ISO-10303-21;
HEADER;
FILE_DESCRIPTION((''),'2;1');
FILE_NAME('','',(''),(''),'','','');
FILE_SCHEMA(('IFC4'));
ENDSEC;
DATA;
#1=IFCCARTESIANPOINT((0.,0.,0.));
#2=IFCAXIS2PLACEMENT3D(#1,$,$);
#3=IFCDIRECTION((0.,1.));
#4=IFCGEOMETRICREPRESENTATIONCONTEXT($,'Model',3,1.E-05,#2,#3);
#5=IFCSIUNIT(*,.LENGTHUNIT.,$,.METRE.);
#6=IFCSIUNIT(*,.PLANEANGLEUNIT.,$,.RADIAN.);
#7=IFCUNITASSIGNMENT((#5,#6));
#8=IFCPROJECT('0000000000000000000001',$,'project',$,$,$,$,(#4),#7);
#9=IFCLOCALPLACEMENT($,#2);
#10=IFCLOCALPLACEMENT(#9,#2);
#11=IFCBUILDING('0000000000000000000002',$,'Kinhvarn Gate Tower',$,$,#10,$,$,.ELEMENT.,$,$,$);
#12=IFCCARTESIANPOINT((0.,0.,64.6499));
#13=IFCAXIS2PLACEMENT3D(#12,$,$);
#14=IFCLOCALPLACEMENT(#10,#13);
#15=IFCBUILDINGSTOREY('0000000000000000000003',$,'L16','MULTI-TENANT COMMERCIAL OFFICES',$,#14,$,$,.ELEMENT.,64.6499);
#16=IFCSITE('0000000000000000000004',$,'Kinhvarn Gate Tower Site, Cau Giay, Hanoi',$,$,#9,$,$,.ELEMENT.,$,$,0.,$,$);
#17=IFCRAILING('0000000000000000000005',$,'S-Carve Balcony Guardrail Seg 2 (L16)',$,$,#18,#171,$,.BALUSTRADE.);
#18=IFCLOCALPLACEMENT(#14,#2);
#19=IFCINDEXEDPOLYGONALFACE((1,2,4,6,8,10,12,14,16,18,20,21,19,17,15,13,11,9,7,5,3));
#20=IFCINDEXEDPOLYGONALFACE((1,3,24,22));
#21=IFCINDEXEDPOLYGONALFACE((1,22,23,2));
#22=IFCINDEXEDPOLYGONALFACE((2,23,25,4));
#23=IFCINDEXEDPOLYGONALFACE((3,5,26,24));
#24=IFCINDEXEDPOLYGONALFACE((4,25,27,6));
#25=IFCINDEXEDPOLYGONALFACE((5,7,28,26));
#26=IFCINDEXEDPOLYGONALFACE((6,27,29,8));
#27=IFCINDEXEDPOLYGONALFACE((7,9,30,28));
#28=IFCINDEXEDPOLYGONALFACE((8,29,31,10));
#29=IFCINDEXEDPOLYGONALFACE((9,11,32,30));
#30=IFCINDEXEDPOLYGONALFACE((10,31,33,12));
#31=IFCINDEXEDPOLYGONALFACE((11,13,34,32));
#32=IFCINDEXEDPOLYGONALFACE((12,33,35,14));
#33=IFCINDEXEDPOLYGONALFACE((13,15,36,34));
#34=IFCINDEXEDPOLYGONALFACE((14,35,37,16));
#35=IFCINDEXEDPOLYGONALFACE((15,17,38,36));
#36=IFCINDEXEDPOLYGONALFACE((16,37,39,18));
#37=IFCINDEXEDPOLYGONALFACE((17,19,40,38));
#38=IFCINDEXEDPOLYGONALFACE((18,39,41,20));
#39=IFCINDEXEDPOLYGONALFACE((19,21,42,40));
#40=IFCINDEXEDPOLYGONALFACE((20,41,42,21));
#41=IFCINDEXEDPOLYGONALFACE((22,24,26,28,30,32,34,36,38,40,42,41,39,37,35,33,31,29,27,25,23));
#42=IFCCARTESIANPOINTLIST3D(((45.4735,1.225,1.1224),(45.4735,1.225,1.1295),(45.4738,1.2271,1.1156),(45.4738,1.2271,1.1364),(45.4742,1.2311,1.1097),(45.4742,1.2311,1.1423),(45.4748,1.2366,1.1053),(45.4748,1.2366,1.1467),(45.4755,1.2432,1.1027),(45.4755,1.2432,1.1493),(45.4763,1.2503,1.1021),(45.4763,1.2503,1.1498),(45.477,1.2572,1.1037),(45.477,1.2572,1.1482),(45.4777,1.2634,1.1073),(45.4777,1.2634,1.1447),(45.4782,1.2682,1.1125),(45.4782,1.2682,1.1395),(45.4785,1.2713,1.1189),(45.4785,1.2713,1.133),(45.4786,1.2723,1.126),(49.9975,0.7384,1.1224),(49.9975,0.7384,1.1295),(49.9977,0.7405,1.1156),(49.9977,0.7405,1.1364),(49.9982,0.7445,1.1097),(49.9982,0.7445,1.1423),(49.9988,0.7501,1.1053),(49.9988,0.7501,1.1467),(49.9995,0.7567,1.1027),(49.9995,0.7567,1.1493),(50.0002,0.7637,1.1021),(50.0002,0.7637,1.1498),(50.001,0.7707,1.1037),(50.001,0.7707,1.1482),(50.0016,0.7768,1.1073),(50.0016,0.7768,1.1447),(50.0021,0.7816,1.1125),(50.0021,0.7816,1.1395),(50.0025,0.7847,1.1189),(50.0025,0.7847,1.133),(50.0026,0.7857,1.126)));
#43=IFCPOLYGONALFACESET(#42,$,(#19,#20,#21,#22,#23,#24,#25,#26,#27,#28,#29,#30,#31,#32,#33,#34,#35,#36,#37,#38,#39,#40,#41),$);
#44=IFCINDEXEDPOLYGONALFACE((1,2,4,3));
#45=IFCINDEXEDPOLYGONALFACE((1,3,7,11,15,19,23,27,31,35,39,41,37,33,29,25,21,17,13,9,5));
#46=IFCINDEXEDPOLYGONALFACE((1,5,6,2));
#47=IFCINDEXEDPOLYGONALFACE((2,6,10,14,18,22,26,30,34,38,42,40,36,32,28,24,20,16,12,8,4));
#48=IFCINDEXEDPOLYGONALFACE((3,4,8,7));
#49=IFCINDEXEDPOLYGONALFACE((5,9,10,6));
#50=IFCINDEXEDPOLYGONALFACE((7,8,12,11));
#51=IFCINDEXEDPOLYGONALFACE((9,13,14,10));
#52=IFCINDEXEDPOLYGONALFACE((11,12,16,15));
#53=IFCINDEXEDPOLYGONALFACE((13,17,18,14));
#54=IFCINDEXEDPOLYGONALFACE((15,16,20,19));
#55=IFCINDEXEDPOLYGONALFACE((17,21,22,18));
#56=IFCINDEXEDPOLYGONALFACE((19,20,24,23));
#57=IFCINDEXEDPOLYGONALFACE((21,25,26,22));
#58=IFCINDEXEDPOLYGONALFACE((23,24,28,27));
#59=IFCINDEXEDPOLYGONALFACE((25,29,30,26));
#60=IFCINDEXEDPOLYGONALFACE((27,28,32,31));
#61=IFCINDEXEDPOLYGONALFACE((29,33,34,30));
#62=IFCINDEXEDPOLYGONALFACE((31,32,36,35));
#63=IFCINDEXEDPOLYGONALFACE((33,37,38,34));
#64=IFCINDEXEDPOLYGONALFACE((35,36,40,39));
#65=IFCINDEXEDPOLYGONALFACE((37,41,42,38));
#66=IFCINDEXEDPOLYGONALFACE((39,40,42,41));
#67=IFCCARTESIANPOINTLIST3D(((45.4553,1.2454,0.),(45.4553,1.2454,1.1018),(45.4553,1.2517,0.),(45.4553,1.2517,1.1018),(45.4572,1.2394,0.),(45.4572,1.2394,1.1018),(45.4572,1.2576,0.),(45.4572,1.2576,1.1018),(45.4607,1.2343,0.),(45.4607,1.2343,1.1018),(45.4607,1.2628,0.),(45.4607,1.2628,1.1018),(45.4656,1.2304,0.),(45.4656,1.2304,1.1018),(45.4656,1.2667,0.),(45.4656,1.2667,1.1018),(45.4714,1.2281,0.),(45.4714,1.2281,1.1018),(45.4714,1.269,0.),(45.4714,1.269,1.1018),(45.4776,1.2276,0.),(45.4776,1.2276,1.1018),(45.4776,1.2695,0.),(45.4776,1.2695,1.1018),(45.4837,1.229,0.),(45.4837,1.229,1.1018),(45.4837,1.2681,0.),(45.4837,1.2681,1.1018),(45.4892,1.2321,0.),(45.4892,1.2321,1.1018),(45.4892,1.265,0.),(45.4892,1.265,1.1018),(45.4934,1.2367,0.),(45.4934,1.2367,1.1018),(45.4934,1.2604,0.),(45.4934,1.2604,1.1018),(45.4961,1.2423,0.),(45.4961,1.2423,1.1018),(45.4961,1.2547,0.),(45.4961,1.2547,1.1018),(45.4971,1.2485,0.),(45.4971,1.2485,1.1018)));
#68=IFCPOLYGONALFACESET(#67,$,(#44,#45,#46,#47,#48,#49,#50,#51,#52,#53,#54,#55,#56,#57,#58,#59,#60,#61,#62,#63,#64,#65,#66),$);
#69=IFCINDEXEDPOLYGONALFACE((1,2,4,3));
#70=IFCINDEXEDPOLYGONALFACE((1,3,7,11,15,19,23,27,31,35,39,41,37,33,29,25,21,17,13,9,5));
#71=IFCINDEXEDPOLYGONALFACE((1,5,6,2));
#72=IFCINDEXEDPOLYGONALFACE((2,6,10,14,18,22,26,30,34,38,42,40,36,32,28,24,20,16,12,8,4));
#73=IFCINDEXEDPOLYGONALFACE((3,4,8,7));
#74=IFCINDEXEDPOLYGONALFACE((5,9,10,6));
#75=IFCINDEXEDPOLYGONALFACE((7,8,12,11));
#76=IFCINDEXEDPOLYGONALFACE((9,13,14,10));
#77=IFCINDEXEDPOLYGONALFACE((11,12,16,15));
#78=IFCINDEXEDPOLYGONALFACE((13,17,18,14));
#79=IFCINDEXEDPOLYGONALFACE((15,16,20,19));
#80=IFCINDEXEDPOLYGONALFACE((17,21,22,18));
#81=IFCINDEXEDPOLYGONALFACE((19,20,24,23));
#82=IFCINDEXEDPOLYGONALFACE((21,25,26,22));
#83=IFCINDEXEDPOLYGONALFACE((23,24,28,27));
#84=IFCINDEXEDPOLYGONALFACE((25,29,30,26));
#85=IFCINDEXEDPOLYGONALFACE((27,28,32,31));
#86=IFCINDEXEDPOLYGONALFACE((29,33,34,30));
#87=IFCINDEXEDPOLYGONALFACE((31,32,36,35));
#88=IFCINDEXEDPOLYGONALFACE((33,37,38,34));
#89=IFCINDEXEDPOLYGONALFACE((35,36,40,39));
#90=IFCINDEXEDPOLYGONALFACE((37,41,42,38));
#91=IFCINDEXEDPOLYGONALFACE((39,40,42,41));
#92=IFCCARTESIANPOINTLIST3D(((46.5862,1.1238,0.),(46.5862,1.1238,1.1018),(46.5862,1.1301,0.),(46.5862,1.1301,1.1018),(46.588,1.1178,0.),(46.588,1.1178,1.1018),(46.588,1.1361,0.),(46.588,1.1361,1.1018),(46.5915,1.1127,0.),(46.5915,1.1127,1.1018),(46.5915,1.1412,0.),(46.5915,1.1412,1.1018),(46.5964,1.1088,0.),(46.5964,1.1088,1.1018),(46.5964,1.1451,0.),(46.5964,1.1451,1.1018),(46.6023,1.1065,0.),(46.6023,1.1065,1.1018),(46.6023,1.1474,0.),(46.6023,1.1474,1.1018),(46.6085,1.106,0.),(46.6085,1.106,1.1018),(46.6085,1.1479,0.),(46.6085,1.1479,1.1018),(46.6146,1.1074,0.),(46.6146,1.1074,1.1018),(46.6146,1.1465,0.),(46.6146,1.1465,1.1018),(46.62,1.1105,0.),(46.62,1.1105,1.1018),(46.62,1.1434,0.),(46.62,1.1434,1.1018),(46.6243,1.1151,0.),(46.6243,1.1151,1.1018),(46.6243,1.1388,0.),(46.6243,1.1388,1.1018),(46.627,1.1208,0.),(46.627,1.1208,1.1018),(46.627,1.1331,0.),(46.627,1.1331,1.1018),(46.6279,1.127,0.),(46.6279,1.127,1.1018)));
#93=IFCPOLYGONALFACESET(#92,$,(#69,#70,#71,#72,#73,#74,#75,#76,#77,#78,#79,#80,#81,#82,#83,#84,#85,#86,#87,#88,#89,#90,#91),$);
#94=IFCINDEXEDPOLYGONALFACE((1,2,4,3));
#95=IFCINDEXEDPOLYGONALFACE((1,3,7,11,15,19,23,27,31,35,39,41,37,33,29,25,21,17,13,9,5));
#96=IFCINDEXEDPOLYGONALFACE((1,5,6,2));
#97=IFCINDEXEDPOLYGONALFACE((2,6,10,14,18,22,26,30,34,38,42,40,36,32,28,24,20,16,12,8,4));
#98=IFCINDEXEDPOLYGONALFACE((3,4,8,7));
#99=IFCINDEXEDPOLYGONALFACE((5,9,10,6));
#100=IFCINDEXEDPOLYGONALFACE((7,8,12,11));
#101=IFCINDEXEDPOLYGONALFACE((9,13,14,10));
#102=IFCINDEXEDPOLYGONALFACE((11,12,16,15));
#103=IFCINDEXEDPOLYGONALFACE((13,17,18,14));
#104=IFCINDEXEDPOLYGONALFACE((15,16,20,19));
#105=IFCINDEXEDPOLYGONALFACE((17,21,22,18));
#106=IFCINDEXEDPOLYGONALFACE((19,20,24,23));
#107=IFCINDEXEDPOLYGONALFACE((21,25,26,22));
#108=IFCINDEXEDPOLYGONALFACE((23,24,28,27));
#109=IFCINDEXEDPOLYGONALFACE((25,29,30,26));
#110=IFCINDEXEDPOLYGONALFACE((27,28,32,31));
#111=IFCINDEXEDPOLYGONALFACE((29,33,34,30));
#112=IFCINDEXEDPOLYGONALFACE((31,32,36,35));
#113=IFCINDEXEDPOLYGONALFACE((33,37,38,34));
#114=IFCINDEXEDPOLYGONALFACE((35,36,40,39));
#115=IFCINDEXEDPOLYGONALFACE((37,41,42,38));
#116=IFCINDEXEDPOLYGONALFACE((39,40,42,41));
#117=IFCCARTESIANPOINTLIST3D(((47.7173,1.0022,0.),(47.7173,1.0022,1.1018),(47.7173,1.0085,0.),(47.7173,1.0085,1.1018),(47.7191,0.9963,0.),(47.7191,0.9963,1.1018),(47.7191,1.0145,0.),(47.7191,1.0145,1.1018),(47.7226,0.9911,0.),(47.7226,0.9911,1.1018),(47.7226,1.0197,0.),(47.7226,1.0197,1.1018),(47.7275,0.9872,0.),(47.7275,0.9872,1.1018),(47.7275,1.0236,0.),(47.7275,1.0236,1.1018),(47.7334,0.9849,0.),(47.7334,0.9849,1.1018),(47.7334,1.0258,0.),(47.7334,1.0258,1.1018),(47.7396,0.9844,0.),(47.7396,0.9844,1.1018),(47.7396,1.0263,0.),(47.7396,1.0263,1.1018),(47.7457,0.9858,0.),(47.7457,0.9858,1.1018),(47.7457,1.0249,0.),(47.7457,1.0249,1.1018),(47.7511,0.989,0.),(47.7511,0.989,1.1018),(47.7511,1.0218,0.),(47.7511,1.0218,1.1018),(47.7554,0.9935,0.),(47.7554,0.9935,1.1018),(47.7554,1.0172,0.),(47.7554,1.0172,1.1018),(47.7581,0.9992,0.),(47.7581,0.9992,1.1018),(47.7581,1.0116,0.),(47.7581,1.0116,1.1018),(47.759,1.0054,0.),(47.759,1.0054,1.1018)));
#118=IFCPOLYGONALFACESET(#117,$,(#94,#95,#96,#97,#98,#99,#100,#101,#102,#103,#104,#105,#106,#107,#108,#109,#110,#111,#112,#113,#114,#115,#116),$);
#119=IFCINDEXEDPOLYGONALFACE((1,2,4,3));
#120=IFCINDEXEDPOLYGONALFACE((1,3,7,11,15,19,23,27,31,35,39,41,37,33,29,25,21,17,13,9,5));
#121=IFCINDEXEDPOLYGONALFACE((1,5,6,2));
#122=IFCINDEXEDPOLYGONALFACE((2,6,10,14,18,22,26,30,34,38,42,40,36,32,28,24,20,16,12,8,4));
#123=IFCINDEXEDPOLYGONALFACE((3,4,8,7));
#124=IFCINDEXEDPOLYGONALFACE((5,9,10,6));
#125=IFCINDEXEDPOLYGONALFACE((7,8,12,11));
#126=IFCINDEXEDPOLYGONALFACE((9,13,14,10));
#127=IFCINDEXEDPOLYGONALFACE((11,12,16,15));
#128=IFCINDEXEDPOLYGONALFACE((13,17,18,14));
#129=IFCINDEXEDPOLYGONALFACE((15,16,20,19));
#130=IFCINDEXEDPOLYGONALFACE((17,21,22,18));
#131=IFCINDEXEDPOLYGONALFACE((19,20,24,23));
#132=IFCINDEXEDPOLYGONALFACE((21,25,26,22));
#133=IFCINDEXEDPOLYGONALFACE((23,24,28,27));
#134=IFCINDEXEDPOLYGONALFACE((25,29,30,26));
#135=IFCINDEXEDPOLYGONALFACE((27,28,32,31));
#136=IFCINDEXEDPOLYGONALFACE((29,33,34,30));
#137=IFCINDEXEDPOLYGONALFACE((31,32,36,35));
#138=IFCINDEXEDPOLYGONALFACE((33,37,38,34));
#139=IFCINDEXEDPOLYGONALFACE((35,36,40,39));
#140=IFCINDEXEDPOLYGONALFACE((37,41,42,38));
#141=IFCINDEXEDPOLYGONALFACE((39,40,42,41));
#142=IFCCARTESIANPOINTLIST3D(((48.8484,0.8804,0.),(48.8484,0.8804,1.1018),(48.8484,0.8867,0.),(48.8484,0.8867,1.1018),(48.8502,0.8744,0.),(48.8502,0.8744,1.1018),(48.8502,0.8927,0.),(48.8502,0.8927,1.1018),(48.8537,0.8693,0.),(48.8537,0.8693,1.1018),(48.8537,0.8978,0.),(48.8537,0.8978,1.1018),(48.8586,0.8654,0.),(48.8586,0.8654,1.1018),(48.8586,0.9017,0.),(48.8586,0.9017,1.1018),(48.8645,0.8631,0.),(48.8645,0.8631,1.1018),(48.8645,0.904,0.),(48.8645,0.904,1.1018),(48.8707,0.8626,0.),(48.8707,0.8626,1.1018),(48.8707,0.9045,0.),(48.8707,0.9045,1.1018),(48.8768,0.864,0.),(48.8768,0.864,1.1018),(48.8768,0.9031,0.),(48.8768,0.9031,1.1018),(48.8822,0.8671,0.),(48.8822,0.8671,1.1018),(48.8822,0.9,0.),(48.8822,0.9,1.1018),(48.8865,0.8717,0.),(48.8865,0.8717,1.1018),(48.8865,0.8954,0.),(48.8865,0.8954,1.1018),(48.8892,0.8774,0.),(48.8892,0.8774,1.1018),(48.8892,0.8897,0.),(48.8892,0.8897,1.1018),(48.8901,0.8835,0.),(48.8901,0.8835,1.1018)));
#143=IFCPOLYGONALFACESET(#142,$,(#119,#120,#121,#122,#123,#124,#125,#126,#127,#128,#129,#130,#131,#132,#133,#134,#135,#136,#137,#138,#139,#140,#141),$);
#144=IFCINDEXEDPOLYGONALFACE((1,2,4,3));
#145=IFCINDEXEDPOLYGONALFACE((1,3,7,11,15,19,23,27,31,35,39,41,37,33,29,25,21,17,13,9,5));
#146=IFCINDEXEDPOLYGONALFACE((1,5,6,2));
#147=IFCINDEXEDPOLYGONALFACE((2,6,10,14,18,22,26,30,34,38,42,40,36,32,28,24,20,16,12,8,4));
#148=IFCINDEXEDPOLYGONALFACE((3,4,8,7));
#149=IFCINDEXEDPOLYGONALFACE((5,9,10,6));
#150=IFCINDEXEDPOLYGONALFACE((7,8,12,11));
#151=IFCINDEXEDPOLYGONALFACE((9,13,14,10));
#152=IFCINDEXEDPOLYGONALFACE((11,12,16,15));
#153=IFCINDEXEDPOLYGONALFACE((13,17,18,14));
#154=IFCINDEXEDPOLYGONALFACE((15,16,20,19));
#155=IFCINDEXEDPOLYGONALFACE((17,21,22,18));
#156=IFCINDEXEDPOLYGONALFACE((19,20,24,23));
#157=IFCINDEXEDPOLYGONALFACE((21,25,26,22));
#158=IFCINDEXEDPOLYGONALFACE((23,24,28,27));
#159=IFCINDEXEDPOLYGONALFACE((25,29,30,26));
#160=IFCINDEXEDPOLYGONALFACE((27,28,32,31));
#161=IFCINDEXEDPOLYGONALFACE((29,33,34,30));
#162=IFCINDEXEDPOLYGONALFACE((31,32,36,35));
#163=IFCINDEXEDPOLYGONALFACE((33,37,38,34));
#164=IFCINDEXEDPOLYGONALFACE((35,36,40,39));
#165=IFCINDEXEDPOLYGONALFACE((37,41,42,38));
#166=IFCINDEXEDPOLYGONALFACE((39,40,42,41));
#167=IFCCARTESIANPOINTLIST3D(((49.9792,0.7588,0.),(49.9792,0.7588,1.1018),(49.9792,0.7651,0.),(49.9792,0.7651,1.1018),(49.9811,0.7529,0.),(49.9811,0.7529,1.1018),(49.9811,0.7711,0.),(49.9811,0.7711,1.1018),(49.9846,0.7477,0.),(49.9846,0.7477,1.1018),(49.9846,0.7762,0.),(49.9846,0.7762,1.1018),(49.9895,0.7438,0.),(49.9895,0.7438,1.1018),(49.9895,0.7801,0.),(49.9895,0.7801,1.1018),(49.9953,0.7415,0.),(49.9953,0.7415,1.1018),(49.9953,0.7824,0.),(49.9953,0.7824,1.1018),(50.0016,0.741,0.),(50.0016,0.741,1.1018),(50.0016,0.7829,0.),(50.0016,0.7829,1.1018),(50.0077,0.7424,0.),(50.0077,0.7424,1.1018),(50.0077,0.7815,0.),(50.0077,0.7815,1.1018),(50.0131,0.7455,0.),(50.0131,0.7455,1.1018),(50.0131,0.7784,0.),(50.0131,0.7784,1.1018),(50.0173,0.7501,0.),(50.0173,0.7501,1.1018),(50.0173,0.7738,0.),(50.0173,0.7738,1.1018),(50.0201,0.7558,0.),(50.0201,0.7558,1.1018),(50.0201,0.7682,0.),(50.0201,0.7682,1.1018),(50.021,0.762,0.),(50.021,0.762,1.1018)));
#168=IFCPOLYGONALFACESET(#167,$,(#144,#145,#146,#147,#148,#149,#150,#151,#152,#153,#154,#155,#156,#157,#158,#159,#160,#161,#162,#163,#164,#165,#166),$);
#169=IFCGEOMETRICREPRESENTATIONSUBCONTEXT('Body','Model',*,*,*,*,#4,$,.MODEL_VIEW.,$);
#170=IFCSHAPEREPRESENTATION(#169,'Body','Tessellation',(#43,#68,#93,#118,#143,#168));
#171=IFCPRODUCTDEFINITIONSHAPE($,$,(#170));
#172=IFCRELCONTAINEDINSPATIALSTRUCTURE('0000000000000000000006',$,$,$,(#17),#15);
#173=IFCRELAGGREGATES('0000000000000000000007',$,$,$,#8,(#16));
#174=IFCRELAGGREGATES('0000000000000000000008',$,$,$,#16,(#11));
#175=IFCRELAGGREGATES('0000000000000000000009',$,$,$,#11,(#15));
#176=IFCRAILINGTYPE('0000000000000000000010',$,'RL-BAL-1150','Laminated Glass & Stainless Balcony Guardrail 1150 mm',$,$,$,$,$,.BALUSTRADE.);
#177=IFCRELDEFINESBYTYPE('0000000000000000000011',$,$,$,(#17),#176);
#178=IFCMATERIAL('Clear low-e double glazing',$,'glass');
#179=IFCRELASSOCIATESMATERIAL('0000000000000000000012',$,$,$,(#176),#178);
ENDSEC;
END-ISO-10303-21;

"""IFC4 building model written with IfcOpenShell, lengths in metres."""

from ifc_helpers import new_model, si_unit, direction, frame, origin, origin_2d, place, context, subcontext, project, spatial, circle, extrude, material, type_object, element, save


model = new_model("IFC4")

# Units and contexts
model_context = context("Model", 3, precision=1e-05, world=origin(), true_north=direction((0.0, 1.0)))
body_context = subcontext(model_context, "Body", "Model", "MODEL_VIEW")
ifc_project = project(units=[si_unit("LENGTHUNIT", "METRE"), si_unit("PLANEANGLEUNIT", "RADIAN")], contexts=[model_context])

# Site, building, storey
site_placement = place(None, origin())
site = spatial("IfcSite", under=ifc_project, at=site_placement, Name="Kinhvarn Gate Tower Site, Cau Giay, Hanoi", CompositionType="ELEMENT", RefElevation=0.0)
building_placement = place(site_placement, origin())
building = spatial("IfcBuilding", under=site, at=building_placement, Name="Kinhvarn Gate Tower", CompositionType="ELEMENT")
storey_placement = place(building_placement, frame((0.0, 0.0, 64.6499)))
storey = spatial("IfcBuildingStorey", under=building, at=storey_placement, Name="L16", Description="MULTI-TENANT COMMERCIAL OFFICES", CompositionType="ELEMENT", Elevation=64.6499)

# Shared definitions
ifc_material_1 = material(Name="Clear low-e double glazing", Category="glass")

# Railing
railing_type = type_object("IfcRailingType", Name="RL-BAL-1150", Description="Laminated Glass & Stainless Balcony Guardrail 1150 mm", PredefinedType="BALUSTRADE", material=ifc_material_1)
railing_1_placement = place(storey_placement, frame((45.4761, 1.2485, 0.0)))
element("IfcRailing", 1, at=railing_1_placement, inside=storey, type_object=railing_type, Name="S-Carve Balcony Guardrail Seg 2 (L16)", PredefinedType="BALUSTRADE", context=body_context, shape_type="SweptSolid", body=[
    extrude(circle(Radius=0.0239, at=origin_2d()), frame((0.0, 0.0, 1.126), z_axis=(0.994266, -0.106939, 0.0), x_axis=(0.106939, 0.994266, 0.0)), (0.0, 0.0, 1.0), 4.55),
    extrude(circle(Radius=0.021, at=origin_2d()), origin(), (0.0, 0.0, 1.0), 1.1018),
    extrude(circle(Radius=0.021, at=origin_2d()), frame((1.1309, -0.1216, 0.0)), (0.0, 0.0, 1.0), 1.1018),
    extrude(circle(Radius=0.021, at=origin_2d()), frame((2.262, -0.2432, 0.0)), (0.0, 0.0, 1.0), 1.1018),
    extrude(circle(Radius=0.021, at=origin_2d()), frame((3.3931, -0.365, 0.0)), (0.0, 0.0, 1.0), 1.1018),
    extrude(circle(Radius=0.021, at=origin_2d()), frame((4.5239, -0.4866, 0.0)), (0.0, 0.0, 1.0), 1.1018),
])

save(model, "model.ifc")
